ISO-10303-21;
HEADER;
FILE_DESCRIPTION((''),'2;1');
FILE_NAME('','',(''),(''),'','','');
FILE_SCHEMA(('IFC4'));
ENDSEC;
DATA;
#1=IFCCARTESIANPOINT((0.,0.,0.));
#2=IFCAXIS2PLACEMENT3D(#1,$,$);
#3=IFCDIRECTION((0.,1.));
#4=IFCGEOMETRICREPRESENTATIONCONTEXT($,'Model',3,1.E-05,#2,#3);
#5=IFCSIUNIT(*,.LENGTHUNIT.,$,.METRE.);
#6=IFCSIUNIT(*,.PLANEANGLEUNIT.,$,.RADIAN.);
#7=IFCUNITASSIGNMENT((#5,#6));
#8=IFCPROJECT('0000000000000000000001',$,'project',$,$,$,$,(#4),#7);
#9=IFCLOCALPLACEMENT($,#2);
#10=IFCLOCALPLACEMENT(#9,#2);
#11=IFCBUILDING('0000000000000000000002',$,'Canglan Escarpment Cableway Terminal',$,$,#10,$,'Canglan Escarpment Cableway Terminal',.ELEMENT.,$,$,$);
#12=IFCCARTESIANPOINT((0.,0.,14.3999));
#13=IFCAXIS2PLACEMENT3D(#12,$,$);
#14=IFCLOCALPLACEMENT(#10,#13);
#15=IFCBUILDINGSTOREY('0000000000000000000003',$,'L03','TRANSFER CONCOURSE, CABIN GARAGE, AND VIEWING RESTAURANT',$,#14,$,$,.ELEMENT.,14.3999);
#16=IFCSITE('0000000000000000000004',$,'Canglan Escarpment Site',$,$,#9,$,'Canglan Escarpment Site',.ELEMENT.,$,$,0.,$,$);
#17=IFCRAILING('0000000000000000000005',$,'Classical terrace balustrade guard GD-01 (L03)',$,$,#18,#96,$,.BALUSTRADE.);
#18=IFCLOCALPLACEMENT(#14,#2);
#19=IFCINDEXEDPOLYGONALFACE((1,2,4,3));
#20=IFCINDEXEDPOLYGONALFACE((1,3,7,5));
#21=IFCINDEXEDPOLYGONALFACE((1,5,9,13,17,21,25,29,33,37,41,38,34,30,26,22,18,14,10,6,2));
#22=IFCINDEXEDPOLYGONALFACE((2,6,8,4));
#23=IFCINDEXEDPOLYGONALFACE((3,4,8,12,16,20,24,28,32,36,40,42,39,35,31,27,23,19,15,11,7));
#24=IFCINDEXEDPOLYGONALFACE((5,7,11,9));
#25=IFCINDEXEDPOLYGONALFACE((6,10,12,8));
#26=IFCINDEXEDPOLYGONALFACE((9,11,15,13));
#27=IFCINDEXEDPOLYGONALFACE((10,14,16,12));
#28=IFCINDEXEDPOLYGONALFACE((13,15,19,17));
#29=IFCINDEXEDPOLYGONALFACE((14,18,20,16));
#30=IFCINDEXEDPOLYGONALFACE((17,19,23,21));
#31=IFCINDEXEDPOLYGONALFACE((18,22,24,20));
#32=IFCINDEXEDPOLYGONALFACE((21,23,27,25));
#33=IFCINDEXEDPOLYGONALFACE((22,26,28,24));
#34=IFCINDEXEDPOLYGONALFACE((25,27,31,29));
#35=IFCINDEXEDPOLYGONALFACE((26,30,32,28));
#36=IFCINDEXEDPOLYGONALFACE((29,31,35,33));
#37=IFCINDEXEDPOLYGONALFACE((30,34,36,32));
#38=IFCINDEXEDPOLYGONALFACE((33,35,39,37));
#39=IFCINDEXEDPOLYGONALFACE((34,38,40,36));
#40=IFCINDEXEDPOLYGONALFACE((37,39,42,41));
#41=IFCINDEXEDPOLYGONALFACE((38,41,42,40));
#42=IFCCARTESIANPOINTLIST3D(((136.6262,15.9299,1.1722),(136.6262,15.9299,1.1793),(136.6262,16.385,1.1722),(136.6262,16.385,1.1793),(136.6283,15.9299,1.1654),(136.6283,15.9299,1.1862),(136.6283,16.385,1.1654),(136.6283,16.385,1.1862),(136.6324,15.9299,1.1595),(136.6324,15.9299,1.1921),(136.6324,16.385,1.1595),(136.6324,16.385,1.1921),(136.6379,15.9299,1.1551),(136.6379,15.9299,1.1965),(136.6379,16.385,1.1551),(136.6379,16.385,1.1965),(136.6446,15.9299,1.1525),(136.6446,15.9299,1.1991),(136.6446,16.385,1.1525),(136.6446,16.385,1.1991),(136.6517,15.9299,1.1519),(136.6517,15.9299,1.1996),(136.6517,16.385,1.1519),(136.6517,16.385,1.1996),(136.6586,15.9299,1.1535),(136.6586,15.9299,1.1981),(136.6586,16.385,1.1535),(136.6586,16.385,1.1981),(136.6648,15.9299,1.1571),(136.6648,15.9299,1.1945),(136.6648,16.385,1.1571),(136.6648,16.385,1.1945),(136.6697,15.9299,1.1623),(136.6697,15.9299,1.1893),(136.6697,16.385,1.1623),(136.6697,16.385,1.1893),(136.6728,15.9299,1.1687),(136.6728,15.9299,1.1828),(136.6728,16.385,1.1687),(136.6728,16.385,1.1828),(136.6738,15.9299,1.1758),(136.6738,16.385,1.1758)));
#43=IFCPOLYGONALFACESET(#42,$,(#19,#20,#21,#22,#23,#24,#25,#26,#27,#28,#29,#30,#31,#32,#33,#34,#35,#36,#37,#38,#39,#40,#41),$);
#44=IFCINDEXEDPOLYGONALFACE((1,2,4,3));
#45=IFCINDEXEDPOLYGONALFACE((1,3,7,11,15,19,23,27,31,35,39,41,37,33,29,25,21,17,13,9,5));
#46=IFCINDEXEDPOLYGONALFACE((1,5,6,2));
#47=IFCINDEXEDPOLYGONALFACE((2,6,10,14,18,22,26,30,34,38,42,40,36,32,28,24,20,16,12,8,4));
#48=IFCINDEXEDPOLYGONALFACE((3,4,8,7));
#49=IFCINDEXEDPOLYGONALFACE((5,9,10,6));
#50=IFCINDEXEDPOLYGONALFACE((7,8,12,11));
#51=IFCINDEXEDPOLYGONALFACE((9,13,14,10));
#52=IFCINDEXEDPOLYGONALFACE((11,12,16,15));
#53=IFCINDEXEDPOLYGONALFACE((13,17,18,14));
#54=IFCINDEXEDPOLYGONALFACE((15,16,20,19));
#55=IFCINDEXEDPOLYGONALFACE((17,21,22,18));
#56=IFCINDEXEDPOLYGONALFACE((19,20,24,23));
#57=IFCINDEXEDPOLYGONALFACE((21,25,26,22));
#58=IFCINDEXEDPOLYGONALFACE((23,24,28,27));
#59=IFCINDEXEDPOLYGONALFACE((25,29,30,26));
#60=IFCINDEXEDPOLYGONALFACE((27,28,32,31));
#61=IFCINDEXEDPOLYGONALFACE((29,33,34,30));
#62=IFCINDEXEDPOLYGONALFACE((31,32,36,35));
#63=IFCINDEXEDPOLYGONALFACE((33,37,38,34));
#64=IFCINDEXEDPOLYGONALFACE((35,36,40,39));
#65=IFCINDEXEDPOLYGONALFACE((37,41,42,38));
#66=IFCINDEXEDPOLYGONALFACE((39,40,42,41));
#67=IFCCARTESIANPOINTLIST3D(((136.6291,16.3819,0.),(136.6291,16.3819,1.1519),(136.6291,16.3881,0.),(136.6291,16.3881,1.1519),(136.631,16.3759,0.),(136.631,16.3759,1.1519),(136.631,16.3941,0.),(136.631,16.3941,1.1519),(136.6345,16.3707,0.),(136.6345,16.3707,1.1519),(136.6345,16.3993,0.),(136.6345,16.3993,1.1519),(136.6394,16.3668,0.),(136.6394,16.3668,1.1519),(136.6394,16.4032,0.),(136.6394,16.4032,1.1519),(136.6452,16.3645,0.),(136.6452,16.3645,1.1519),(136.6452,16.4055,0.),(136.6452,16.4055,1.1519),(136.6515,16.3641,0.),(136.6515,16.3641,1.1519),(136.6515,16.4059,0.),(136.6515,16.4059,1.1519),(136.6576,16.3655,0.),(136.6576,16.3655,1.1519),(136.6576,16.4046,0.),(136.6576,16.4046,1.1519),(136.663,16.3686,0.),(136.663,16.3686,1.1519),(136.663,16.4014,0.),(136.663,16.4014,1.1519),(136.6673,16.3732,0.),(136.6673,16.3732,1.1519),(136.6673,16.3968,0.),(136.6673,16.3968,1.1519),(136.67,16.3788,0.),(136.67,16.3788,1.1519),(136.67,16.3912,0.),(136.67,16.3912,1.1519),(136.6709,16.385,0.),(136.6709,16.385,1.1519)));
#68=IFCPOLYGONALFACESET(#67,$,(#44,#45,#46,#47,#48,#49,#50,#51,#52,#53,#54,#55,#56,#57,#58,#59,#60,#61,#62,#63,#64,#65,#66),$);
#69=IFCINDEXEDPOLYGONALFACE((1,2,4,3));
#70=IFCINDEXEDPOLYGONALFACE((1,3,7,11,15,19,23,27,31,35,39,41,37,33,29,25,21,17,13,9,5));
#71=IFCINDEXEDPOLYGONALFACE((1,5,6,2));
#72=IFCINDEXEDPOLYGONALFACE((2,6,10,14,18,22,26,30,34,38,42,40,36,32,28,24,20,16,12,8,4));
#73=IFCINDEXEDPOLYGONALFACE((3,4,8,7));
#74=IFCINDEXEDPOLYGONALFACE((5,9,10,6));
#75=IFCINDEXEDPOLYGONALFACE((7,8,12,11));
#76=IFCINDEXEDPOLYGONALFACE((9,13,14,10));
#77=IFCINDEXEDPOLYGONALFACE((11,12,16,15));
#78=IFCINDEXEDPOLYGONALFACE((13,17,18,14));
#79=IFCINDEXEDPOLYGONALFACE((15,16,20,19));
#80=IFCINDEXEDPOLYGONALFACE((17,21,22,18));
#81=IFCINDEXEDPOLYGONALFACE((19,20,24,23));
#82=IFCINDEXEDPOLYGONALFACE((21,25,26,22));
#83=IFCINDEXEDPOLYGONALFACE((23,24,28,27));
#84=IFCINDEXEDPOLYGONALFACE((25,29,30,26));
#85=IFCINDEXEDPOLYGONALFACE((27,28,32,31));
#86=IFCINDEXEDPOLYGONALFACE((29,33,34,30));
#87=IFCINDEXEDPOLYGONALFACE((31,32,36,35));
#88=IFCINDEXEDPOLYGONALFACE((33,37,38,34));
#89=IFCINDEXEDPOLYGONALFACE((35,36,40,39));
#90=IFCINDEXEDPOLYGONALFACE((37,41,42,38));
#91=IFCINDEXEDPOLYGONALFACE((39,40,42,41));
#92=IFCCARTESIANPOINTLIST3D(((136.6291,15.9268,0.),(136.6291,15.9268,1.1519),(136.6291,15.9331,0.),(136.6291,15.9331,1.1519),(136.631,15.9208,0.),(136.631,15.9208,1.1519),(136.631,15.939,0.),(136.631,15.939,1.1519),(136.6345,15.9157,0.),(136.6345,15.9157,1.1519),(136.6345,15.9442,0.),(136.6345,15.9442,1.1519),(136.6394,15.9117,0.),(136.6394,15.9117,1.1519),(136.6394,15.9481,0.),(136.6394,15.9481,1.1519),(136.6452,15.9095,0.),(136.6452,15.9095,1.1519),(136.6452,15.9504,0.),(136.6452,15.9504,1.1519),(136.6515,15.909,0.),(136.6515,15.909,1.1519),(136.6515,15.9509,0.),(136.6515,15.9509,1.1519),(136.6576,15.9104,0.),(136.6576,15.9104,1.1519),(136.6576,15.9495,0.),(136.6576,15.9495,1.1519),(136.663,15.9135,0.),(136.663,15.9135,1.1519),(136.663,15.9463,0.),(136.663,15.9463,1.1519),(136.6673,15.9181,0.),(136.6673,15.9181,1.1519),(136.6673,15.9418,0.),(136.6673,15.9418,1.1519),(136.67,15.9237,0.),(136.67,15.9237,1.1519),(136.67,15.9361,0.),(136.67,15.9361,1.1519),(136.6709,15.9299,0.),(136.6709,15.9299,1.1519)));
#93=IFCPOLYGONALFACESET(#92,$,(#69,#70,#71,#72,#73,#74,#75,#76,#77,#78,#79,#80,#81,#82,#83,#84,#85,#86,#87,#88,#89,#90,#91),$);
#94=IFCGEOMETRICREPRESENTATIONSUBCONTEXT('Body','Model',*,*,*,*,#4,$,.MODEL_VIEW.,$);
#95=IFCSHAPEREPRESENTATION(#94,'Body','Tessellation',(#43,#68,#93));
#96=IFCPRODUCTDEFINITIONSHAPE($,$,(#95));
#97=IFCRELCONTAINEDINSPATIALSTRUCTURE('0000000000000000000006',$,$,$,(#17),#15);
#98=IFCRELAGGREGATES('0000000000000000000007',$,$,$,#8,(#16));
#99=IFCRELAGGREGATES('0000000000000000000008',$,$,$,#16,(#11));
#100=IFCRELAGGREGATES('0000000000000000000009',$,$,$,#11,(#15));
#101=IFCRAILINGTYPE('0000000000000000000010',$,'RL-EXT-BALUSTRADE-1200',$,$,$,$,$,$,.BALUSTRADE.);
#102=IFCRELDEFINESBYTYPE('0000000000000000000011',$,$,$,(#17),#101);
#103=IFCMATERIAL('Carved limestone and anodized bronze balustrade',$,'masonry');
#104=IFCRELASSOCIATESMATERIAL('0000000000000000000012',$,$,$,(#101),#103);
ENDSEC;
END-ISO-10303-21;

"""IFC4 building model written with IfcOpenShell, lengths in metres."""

from ifc_helpers import new_model, si_unit, direction, frame, origin, origin_2d, place, context, subcontext, project, spatial, circle, extrude, material, type_object, element, save


model = new_model("IFC4")

# Units and contexts
model_context = context("Model", 3, precision=1e-05, world=origin(), true_north=direction((0.0, 1.0)))
body_context = subcontext(model_context, "Body", "Model", "MODEL_VIEW")
ifc_project = project(units=[si_unit("LENGTHUNIT", "METRE"), si_unit("PLANEANGLEUNIT", "RADIAN")], contexts=[model_context])

# Site, building, storey
site_placement = place(None, origin())
site = spatial("IfcSite", under=ifc_project, at=site_placement, Name="Canglan Escarpment Site", LongName="Canglan Escarpment Site", CompositionType="ELEMENT", RefElevation=0.0)
building_placement = place(site_placement, origin())
building = spatial("IfcBuilding", under=site, at=building_placement, Name="Canglan Escarpment Cableway Terminal", LongName="Canglan Escarpment Cableway Terminal", CompositionType="ELEMENT")
storey_placement = place(building_placement, frame((0.0, 0.0, 14.3999)))
storey = spatial("IfcBuildingStorey", under=building, at=storey_placement, Name="L03", Description="TRANSFER CONCOURSE, CABIN GARAGE, AND VIEWING RESTAURANT", CompositionType="ELEMENT", Elevation=14.3999)

# Railing
ifc_material_1 = material(Name="Carved limestone and anodized bronze balustrade", Category="masonry")
railing_type_1 = type_object("IfcRailingType", Name="RL-EXT-BALUSTRADE-1200", PredefinedType="BALUSTRADE", material=ifc_material_1)
railing_1_placement = place(storey_placement, frame((136.6499, 16.385, 0.0)))
element("IfcRailing", 1, at=railing_1_placement, inside=storey, type_object=railing_type_1, Name="Classical terrace balustrade guard GD-01 (L03)", PredefinedType="BALUSTRADE", context=body_context, shape_type="SweptSolid", body=[
    extrude(circle(Radius=0.0239, at=origin_2d()), frame((0.0, 0.0, 1.1758), z_axis=(0.0, -1.0, 0.0), x_axis=(1.0, 0.0, 0.0)), (0.0, 0.0, 1.0), 0.4551),
    extrude(circle(Radius=0.021, at=origin_2d()), origin(), (0.0, 0.0, 1.0), 1.1519),
    extrude(circle(Radius=0.021, at=origin_2d()), frame((0.0, -0.4551, 0.0)), (0.0, 0.0, 1.0), 1.1519),
])

save(model, "model.ifc")
